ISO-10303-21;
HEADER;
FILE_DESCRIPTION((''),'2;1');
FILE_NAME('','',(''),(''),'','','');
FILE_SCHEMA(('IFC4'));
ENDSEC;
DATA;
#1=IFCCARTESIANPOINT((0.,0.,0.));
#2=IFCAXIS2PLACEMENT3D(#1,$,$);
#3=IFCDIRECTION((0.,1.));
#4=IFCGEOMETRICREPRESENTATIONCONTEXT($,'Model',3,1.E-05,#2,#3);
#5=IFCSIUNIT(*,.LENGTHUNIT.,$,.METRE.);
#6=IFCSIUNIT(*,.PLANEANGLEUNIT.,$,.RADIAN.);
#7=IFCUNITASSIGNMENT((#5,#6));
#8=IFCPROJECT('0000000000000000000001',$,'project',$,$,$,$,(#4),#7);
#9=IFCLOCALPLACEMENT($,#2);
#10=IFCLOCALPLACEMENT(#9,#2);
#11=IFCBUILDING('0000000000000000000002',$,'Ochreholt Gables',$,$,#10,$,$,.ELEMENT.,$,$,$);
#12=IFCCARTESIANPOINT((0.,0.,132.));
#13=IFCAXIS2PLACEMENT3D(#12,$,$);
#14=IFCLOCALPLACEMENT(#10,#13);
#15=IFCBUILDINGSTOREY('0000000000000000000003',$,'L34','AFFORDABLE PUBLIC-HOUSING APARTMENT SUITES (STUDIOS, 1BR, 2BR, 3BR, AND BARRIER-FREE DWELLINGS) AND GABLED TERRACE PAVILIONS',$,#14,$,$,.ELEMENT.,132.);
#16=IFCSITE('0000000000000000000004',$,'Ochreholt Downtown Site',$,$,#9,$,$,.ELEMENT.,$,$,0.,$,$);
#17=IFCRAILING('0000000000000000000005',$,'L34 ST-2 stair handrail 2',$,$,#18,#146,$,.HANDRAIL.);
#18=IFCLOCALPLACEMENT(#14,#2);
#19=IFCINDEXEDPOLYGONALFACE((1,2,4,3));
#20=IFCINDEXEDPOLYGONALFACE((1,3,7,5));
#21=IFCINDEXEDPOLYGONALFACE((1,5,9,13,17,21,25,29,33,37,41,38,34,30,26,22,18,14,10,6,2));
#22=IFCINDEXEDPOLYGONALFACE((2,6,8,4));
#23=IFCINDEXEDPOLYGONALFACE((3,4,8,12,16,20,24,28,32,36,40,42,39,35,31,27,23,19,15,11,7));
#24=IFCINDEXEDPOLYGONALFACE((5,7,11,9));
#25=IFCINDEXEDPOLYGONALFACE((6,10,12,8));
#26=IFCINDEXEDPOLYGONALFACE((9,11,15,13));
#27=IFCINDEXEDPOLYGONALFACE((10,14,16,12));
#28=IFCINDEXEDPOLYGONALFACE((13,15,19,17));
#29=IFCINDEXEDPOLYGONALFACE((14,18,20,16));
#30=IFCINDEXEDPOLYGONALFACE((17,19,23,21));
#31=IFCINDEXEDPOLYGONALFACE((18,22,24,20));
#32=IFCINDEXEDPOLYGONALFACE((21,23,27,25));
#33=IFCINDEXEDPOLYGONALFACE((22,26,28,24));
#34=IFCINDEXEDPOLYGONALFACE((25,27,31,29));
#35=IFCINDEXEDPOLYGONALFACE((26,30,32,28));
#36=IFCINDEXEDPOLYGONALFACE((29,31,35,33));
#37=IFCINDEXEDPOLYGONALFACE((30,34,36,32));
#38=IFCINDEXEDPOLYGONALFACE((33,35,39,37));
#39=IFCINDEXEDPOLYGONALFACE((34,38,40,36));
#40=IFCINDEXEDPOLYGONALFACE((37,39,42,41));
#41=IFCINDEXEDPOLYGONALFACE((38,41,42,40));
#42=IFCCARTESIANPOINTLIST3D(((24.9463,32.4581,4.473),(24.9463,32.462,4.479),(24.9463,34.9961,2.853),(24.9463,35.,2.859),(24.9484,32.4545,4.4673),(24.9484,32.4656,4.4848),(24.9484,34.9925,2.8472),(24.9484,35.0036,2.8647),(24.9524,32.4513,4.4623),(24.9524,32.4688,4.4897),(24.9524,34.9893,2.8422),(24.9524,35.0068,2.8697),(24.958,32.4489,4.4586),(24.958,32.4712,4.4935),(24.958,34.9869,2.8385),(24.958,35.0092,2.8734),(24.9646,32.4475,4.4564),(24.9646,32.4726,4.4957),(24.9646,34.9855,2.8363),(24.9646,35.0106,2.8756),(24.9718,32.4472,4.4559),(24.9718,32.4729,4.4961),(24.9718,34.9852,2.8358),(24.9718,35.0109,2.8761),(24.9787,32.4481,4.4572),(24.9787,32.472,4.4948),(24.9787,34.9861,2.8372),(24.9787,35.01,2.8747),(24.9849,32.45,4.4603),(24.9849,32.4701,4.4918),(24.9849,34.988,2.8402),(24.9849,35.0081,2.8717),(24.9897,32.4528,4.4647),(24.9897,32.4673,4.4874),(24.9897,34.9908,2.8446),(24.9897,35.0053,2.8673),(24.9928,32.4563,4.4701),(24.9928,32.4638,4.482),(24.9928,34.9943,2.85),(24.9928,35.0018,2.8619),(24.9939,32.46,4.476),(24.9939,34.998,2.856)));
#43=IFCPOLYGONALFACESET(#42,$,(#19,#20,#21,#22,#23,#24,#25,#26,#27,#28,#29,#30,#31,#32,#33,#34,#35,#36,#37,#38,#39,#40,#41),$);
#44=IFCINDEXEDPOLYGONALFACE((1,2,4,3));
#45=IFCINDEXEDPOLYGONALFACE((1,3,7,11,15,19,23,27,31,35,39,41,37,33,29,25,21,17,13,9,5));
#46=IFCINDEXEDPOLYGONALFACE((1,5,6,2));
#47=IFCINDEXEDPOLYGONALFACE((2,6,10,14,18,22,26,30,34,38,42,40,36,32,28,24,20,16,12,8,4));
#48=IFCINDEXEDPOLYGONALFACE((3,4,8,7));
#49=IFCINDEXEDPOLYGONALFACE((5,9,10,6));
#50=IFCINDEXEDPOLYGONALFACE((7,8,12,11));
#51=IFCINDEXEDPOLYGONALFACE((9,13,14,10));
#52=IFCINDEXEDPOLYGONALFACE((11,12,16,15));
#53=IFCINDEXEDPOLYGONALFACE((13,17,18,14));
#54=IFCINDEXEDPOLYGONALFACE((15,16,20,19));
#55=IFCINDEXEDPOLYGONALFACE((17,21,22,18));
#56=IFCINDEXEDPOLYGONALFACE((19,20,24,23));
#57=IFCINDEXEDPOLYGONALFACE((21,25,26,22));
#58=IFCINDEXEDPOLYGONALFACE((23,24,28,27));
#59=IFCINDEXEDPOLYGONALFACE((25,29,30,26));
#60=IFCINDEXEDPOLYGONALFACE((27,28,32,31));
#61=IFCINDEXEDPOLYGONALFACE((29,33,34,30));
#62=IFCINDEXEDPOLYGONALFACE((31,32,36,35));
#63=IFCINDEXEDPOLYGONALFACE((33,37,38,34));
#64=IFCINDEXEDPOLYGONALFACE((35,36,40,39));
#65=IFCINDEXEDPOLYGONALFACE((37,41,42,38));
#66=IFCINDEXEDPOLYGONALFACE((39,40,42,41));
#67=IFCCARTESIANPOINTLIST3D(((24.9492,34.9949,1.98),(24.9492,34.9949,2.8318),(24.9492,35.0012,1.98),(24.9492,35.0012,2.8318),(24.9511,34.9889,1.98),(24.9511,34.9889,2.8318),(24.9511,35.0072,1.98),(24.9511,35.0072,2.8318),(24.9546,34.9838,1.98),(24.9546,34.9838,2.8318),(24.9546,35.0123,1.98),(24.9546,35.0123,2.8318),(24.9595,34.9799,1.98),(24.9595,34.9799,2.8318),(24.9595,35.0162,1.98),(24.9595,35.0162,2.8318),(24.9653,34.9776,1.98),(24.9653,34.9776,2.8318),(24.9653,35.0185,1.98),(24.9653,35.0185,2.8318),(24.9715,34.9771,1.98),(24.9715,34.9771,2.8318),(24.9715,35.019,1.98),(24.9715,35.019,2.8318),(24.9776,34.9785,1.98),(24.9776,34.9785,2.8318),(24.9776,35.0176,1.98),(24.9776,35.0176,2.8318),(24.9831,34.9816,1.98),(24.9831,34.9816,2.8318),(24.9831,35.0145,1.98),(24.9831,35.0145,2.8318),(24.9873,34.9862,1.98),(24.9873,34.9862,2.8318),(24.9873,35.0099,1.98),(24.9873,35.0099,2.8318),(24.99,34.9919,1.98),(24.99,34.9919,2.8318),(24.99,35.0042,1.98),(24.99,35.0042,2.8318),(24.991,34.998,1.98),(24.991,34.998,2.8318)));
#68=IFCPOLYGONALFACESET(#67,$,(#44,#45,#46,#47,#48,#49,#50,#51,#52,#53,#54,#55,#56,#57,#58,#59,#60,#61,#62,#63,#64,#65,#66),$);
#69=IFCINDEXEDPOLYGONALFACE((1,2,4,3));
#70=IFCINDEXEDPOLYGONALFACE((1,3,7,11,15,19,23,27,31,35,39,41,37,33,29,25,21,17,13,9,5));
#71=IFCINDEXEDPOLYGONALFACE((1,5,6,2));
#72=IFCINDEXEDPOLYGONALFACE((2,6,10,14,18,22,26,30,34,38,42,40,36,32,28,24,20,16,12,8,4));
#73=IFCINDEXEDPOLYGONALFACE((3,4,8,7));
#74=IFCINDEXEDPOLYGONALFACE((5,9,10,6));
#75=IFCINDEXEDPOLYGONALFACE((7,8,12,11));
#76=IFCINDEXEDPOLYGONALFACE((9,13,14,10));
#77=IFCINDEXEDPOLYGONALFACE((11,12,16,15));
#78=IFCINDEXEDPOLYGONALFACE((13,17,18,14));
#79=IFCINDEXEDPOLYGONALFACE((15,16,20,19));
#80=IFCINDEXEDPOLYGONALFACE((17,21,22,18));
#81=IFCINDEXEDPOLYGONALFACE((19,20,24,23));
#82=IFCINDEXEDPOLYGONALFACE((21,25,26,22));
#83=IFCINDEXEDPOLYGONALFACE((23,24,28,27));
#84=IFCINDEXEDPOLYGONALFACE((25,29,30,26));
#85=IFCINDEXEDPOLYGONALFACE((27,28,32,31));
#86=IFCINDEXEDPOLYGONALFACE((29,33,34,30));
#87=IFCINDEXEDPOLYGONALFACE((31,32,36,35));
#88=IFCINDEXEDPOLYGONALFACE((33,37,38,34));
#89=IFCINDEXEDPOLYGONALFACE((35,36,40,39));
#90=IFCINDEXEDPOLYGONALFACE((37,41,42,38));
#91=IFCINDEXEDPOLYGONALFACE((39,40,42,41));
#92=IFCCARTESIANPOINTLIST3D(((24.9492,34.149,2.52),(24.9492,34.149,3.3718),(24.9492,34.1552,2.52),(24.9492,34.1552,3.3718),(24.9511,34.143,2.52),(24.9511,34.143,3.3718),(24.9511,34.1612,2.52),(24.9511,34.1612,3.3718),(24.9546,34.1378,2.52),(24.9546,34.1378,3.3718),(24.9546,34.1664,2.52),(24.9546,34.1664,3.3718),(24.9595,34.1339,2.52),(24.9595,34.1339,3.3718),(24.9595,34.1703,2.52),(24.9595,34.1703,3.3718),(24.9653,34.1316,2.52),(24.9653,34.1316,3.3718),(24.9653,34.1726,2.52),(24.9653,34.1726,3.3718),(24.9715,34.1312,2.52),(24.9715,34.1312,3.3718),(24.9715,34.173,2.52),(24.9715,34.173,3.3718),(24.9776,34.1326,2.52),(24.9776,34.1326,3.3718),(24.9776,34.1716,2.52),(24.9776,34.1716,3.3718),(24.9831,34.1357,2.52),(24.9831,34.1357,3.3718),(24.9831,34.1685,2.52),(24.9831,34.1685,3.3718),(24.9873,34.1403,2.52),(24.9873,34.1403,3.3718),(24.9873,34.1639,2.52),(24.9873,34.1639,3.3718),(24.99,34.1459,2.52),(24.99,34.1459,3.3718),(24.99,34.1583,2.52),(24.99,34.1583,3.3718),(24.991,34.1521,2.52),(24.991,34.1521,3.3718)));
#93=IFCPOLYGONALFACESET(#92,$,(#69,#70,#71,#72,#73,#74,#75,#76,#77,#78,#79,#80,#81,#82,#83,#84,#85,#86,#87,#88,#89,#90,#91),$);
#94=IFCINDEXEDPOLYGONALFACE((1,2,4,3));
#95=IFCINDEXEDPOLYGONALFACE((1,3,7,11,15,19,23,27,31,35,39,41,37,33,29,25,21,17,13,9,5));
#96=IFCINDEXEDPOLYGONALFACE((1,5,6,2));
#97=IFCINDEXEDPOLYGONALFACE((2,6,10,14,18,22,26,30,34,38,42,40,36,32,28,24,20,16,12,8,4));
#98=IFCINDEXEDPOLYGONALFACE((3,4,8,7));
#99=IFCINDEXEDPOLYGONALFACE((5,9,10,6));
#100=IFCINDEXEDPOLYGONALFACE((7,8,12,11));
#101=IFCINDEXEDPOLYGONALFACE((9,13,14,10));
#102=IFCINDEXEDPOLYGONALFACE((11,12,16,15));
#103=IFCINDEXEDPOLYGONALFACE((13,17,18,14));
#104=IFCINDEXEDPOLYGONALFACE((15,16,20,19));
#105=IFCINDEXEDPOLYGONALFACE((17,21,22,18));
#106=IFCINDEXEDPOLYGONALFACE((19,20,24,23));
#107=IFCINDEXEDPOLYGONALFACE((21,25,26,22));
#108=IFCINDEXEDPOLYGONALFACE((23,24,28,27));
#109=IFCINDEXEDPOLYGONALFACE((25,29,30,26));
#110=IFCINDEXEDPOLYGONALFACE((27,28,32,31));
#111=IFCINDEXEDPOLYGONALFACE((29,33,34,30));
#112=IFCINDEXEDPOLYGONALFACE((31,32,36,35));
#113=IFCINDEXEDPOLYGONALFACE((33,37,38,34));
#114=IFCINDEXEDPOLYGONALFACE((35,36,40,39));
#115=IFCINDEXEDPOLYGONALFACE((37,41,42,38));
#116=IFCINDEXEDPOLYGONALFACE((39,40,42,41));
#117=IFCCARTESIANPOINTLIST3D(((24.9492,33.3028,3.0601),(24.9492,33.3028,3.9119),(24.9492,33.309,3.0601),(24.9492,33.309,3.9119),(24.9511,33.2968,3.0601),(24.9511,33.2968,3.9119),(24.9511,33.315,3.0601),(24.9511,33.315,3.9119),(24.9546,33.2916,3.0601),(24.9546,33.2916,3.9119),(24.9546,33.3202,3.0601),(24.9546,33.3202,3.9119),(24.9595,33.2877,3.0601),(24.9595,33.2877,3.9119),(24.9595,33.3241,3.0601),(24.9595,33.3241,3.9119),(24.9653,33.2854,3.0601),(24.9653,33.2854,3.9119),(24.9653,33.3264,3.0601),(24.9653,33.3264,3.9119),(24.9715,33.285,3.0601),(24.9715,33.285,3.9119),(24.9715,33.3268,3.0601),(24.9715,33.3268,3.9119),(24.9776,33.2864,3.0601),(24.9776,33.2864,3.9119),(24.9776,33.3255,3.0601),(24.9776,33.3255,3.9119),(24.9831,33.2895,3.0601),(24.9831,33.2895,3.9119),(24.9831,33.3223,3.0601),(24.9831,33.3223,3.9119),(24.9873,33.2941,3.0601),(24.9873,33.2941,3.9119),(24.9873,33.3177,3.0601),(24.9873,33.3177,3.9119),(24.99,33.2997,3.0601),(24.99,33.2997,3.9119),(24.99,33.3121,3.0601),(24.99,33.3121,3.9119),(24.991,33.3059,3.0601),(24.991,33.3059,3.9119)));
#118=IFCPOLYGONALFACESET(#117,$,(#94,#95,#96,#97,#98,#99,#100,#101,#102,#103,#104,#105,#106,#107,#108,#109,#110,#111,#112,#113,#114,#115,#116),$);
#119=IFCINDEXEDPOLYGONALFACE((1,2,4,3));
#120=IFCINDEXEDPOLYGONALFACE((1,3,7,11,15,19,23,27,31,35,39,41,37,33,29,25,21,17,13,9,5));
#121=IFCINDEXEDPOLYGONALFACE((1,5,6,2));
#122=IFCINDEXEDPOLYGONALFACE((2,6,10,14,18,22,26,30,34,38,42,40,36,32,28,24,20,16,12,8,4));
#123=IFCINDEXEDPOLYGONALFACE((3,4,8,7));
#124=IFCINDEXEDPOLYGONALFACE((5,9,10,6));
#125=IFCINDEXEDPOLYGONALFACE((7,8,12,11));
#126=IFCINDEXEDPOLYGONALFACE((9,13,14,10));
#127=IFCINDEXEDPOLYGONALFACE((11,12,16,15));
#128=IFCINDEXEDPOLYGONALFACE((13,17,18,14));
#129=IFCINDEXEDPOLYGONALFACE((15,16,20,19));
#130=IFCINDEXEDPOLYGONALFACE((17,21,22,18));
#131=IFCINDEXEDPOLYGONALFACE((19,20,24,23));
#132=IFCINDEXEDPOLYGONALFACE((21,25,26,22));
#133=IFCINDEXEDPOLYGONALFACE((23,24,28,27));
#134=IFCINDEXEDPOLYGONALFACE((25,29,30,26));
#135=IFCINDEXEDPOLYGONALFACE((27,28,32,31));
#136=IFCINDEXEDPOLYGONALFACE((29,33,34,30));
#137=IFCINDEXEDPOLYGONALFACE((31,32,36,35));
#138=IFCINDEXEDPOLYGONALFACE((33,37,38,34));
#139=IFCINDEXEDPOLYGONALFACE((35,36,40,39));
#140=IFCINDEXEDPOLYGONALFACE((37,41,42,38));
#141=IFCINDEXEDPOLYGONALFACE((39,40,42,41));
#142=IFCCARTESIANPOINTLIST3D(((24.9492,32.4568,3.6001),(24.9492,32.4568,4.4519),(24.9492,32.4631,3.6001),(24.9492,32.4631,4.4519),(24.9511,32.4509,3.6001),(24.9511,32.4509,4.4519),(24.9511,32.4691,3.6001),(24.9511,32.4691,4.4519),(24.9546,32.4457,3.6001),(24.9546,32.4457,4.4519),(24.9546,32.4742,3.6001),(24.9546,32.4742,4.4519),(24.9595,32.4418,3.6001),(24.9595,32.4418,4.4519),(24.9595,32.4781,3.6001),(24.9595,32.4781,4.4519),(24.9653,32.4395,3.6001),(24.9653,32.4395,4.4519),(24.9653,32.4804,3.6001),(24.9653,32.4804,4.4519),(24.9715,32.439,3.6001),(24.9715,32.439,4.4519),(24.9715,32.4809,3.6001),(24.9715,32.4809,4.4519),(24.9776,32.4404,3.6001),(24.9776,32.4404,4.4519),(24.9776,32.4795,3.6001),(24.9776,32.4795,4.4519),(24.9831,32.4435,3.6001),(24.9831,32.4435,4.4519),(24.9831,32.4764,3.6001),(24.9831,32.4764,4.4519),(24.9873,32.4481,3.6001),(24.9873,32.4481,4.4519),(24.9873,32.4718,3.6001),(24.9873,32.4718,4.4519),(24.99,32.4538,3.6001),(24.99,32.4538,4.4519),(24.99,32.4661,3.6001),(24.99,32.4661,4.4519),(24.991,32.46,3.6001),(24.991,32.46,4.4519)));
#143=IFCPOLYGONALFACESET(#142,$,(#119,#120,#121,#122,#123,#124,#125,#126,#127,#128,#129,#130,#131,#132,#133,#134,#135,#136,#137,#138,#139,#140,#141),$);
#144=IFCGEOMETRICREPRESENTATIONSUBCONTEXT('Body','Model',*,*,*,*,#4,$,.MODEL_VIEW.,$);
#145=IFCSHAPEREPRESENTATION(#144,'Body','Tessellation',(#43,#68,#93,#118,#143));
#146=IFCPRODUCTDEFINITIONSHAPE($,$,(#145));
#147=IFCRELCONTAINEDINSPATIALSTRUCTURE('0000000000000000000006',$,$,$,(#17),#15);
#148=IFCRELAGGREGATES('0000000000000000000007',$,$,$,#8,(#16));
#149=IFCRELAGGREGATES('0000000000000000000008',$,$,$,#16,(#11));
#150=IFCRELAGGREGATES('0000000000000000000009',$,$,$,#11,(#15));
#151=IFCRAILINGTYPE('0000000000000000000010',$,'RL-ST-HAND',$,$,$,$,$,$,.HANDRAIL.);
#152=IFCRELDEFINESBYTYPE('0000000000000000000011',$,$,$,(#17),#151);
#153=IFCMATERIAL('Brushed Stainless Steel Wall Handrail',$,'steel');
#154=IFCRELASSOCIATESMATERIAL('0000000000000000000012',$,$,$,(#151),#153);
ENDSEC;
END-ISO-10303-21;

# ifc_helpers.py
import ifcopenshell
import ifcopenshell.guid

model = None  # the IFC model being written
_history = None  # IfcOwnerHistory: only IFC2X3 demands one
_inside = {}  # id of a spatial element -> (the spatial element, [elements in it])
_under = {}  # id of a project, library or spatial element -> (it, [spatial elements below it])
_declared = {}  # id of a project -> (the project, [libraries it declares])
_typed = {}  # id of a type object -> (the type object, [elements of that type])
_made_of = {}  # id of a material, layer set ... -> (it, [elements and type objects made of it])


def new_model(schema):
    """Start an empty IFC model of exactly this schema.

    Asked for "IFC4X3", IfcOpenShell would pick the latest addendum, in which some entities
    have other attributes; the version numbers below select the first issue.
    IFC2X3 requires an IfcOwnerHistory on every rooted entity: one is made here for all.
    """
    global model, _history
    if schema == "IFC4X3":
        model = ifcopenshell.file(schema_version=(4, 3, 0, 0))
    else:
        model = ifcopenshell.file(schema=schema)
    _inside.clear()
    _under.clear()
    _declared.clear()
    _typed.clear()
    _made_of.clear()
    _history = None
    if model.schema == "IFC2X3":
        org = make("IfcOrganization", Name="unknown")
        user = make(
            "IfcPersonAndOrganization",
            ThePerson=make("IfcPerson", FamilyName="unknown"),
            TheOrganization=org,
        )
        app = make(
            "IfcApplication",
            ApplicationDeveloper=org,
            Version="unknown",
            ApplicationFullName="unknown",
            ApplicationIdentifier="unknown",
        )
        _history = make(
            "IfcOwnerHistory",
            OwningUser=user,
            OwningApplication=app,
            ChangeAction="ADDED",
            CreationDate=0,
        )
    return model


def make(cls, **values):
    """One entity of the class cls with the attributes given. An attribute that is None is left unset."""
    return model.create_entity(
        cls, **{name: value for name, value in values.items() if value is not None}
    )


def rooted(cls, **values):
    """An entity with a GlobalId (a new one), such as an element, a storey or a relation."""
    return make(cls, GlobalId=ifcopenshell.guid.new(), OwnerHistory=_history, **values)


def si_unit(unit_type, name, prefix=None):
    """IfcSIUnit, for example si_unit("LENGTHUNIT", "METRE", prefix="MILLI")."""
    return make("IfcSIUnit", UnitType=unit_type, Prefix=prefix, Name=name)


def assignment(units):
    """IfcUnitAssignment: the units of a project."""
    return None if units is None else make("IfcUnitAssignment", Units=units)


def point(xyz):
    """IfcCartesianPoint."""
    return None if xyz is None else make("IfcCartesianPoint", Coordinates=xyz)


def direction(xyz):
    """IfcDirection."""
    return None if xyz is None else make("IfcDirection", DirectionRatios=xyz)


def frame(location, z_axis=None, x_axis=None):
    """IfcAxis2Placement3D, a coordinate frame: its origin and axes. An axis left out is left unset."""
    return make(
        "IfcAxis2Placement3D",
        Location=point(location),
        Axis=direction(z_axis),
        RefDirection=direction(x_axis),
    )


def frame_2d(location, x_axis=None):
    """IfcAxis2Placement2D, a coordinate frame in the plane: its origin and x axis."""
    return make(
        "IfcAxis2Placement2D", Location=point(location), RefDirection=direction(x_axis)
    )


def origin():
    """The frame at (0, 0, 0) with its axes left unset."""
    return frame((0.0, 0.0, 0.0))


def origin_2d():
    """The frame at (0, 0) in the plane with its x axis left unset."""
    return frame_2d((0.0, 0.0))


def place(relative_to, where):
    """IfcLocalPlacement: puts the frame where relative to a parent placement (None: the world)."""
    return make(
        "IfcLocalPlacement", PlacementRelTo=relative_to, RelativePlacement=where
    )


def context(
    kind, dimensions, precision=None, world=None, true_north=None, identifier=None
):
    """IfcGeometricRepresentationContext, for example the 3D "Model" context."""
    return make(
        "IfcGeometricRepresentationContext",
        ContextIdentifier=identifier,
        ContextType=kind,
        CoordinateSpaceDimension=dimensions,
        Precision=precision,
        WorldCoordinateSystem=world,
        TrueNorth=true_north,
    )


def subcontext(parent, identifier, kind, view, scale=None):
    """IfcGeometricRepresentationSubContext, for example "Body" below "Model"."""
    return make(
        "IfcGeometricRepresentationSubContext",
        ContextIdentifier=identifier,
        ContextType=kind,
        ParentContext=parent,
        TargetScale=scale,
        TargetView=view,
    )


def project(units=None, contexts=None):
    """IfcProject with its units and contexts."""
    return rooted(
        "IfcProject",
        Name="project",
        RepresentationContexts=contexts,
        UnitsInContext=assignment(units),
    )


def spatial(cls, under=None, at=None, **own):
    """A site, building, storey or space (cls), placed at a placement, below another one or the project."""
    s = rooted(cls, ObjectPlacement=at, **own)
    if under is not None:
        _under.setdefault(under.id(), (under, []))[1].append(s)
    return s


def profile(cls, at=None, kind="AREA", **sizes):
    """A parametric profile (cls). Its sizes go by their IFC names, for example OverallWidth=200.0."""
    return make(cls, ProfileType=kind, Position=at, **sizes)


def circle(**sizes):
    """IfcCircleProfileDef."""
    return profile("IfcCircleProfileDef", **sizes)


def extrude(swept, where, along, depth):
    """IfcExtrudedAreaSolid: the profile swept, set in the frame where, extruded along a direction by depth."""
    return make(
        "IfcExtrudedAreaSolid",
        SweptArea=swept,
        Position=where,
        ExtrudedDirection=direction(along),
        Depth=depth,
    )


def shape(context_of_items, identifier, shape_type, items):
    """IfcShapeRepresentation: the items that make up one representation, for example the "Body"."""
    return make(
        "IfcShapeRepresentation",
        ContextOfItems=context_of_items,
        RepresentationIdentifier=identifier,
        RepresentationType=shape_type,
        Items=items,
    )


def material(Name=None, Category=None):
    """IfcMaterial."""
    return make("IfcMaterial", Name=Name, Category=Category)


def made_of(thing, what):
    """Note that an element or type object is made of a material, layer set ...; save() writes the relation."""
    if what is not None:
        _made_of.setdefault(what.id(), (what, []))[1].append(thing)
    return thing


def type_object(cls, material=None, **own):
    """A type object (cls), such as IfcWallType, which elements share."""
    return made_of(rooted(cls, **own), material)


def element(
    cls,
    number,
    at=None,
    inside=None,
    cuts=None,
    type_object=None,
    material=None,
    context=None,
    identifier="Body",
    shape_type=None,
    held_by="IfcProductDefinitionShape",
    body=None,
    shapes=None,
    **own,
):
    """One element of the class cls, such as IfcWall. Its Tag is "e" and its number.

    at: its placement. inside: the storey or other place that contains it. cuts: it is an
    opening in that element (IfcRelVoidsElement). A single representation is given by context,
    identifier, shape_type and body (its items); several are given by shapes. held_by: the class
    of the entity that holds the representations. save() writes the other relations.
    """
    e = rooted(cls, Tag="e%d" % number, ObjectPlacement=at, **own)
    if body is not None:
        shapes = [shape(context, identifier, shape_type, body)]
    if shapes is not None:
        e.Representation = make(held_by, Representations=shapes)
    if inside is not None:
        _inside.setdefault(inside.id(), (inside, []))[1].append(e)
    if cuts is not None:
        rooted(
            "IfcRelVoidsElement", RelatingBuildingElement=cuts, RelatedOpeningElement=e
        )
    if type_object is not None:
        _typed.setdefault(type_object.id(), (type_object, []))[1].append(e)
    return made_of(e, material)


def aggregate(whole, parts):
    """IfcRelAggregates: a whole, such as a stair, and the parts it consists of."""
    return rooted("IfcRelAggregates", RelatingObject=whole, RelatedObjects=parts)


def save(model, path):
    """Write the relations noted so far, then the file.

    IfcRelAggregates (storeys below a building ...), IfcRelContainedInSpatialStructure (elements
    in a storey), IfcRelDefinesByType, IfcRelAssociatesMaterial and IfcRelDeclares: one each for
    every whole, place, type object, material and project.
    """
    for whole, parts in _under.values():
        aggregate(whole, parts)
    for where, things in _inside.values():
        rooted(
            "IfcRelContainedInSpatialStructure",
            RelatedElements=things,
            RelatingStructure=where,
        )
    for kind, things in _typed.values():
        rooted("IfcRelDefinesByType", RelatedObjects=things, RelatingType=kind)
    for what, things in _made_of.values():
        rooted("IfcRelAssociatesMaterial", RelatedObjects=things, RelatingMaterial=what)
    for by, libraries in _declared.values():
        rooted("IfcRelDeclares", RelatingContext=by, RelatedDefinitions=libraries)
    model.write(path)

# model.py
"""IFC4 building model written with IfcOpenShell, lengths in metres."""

from ifc_helpers import new_model, si_unit, direction, frame, origin, origin_2d, place, context, subcontext, project, spatial, circle, extrude, material, type_object, element, save


model = new_model("IFC4")

# Units and contexts
model_context = context("Model", 3, precision=1e-05, world=origin(), true_north=direction((0.0, 1.0)))
body_context = subcontext(model_context, "Body", "Model", "MODEL_VIEW")
ifc_project = project(units=[si_unit("LENGTHUNIT", "METRE"), si_unit("PLANEANGLEUNIT", "RADIAN")], contexts=[model_context])

# Site, building, storey
site_placement = place(None, origin())
site = spatial("IfcSite", under=ifc_project, at=site_placement, Name="Ochreholt Downtown Site", CompositionType="ELEMENT", RefElevation=0.0)
building_placement = place(site_placement, origin())
building = spatial("IfcBuilding", under=site, at=building_placement, Name="Ochreholt Gables", CompositionType="ELEMENT")
storey_placement = place(building_placement, frame((0.0, 0.0, 132.0)))
storey = spatial("IfcBuildingStorey", under=building, at=storey_placement, Name="L34", Description="AFFORDABLE PUBLIC-HOUSING APARTMENT SUITES (STUDIOS, 1BR, 2BR, 3BR, AND BARRIER-FREE DWELLINGS) AND GABLED TERRACE PAVILIONS", CompositionType="ELEMENT", Elevation=132.0)

# Railing
ifc_material_1 = material(Name="Brushed Stainless Steel Wall Handrail", Category="steel")
railing_type_1 = type_object("IfcRailingType", Name="RL-ST-HAND", PredefinedType="HANDRAIL", material=ifc_material_1)
railing_1_placement = place(storey_placement, frame((24.97, 34.998, 1.98)))
element("IfcRailing", 1, at=railing_1_placement, inside=storey, type_object=railing_type_1, Name="L34 ST-2 stair handrail 2", PredefinedType="HANDRAIL", context=body_context, shape_type="SweptSolid", body=[
    extrude(circle(Radius=0.0239, at=origin_2d()), frame((0.0, 0.0, 0.876), z_axis=(0.0, -0.842913, 0.53805), x_axis=(1.0, 0.0, 0.0)), (0.0, 0.0, 1.0), 3.011),
    extrude(circle(Radius=0.021, at=origin_2d()), origin(), (0.0, 0.0, 1.0), 0.8518),
    extrude(circle(Radius=0.021, at=origin_2d()), frame((0.0, -0.8459, 0.54)), (0.0, 0.0, 1.0), 0.8518),
    extrude(circle(Radius=0.021, at=origin_2d()), frame((0.0, -1.6921, 1.0801)), (0.0, 0.0, 1.0), 0.8518),
    extrude(circle(Radius=0.021, at=origin_2d()), frame((0.0, -2.5381, 1.6201)), (0.0, 0.0, 1.0), 0.8518),
])

save(model, "model.ifc")
